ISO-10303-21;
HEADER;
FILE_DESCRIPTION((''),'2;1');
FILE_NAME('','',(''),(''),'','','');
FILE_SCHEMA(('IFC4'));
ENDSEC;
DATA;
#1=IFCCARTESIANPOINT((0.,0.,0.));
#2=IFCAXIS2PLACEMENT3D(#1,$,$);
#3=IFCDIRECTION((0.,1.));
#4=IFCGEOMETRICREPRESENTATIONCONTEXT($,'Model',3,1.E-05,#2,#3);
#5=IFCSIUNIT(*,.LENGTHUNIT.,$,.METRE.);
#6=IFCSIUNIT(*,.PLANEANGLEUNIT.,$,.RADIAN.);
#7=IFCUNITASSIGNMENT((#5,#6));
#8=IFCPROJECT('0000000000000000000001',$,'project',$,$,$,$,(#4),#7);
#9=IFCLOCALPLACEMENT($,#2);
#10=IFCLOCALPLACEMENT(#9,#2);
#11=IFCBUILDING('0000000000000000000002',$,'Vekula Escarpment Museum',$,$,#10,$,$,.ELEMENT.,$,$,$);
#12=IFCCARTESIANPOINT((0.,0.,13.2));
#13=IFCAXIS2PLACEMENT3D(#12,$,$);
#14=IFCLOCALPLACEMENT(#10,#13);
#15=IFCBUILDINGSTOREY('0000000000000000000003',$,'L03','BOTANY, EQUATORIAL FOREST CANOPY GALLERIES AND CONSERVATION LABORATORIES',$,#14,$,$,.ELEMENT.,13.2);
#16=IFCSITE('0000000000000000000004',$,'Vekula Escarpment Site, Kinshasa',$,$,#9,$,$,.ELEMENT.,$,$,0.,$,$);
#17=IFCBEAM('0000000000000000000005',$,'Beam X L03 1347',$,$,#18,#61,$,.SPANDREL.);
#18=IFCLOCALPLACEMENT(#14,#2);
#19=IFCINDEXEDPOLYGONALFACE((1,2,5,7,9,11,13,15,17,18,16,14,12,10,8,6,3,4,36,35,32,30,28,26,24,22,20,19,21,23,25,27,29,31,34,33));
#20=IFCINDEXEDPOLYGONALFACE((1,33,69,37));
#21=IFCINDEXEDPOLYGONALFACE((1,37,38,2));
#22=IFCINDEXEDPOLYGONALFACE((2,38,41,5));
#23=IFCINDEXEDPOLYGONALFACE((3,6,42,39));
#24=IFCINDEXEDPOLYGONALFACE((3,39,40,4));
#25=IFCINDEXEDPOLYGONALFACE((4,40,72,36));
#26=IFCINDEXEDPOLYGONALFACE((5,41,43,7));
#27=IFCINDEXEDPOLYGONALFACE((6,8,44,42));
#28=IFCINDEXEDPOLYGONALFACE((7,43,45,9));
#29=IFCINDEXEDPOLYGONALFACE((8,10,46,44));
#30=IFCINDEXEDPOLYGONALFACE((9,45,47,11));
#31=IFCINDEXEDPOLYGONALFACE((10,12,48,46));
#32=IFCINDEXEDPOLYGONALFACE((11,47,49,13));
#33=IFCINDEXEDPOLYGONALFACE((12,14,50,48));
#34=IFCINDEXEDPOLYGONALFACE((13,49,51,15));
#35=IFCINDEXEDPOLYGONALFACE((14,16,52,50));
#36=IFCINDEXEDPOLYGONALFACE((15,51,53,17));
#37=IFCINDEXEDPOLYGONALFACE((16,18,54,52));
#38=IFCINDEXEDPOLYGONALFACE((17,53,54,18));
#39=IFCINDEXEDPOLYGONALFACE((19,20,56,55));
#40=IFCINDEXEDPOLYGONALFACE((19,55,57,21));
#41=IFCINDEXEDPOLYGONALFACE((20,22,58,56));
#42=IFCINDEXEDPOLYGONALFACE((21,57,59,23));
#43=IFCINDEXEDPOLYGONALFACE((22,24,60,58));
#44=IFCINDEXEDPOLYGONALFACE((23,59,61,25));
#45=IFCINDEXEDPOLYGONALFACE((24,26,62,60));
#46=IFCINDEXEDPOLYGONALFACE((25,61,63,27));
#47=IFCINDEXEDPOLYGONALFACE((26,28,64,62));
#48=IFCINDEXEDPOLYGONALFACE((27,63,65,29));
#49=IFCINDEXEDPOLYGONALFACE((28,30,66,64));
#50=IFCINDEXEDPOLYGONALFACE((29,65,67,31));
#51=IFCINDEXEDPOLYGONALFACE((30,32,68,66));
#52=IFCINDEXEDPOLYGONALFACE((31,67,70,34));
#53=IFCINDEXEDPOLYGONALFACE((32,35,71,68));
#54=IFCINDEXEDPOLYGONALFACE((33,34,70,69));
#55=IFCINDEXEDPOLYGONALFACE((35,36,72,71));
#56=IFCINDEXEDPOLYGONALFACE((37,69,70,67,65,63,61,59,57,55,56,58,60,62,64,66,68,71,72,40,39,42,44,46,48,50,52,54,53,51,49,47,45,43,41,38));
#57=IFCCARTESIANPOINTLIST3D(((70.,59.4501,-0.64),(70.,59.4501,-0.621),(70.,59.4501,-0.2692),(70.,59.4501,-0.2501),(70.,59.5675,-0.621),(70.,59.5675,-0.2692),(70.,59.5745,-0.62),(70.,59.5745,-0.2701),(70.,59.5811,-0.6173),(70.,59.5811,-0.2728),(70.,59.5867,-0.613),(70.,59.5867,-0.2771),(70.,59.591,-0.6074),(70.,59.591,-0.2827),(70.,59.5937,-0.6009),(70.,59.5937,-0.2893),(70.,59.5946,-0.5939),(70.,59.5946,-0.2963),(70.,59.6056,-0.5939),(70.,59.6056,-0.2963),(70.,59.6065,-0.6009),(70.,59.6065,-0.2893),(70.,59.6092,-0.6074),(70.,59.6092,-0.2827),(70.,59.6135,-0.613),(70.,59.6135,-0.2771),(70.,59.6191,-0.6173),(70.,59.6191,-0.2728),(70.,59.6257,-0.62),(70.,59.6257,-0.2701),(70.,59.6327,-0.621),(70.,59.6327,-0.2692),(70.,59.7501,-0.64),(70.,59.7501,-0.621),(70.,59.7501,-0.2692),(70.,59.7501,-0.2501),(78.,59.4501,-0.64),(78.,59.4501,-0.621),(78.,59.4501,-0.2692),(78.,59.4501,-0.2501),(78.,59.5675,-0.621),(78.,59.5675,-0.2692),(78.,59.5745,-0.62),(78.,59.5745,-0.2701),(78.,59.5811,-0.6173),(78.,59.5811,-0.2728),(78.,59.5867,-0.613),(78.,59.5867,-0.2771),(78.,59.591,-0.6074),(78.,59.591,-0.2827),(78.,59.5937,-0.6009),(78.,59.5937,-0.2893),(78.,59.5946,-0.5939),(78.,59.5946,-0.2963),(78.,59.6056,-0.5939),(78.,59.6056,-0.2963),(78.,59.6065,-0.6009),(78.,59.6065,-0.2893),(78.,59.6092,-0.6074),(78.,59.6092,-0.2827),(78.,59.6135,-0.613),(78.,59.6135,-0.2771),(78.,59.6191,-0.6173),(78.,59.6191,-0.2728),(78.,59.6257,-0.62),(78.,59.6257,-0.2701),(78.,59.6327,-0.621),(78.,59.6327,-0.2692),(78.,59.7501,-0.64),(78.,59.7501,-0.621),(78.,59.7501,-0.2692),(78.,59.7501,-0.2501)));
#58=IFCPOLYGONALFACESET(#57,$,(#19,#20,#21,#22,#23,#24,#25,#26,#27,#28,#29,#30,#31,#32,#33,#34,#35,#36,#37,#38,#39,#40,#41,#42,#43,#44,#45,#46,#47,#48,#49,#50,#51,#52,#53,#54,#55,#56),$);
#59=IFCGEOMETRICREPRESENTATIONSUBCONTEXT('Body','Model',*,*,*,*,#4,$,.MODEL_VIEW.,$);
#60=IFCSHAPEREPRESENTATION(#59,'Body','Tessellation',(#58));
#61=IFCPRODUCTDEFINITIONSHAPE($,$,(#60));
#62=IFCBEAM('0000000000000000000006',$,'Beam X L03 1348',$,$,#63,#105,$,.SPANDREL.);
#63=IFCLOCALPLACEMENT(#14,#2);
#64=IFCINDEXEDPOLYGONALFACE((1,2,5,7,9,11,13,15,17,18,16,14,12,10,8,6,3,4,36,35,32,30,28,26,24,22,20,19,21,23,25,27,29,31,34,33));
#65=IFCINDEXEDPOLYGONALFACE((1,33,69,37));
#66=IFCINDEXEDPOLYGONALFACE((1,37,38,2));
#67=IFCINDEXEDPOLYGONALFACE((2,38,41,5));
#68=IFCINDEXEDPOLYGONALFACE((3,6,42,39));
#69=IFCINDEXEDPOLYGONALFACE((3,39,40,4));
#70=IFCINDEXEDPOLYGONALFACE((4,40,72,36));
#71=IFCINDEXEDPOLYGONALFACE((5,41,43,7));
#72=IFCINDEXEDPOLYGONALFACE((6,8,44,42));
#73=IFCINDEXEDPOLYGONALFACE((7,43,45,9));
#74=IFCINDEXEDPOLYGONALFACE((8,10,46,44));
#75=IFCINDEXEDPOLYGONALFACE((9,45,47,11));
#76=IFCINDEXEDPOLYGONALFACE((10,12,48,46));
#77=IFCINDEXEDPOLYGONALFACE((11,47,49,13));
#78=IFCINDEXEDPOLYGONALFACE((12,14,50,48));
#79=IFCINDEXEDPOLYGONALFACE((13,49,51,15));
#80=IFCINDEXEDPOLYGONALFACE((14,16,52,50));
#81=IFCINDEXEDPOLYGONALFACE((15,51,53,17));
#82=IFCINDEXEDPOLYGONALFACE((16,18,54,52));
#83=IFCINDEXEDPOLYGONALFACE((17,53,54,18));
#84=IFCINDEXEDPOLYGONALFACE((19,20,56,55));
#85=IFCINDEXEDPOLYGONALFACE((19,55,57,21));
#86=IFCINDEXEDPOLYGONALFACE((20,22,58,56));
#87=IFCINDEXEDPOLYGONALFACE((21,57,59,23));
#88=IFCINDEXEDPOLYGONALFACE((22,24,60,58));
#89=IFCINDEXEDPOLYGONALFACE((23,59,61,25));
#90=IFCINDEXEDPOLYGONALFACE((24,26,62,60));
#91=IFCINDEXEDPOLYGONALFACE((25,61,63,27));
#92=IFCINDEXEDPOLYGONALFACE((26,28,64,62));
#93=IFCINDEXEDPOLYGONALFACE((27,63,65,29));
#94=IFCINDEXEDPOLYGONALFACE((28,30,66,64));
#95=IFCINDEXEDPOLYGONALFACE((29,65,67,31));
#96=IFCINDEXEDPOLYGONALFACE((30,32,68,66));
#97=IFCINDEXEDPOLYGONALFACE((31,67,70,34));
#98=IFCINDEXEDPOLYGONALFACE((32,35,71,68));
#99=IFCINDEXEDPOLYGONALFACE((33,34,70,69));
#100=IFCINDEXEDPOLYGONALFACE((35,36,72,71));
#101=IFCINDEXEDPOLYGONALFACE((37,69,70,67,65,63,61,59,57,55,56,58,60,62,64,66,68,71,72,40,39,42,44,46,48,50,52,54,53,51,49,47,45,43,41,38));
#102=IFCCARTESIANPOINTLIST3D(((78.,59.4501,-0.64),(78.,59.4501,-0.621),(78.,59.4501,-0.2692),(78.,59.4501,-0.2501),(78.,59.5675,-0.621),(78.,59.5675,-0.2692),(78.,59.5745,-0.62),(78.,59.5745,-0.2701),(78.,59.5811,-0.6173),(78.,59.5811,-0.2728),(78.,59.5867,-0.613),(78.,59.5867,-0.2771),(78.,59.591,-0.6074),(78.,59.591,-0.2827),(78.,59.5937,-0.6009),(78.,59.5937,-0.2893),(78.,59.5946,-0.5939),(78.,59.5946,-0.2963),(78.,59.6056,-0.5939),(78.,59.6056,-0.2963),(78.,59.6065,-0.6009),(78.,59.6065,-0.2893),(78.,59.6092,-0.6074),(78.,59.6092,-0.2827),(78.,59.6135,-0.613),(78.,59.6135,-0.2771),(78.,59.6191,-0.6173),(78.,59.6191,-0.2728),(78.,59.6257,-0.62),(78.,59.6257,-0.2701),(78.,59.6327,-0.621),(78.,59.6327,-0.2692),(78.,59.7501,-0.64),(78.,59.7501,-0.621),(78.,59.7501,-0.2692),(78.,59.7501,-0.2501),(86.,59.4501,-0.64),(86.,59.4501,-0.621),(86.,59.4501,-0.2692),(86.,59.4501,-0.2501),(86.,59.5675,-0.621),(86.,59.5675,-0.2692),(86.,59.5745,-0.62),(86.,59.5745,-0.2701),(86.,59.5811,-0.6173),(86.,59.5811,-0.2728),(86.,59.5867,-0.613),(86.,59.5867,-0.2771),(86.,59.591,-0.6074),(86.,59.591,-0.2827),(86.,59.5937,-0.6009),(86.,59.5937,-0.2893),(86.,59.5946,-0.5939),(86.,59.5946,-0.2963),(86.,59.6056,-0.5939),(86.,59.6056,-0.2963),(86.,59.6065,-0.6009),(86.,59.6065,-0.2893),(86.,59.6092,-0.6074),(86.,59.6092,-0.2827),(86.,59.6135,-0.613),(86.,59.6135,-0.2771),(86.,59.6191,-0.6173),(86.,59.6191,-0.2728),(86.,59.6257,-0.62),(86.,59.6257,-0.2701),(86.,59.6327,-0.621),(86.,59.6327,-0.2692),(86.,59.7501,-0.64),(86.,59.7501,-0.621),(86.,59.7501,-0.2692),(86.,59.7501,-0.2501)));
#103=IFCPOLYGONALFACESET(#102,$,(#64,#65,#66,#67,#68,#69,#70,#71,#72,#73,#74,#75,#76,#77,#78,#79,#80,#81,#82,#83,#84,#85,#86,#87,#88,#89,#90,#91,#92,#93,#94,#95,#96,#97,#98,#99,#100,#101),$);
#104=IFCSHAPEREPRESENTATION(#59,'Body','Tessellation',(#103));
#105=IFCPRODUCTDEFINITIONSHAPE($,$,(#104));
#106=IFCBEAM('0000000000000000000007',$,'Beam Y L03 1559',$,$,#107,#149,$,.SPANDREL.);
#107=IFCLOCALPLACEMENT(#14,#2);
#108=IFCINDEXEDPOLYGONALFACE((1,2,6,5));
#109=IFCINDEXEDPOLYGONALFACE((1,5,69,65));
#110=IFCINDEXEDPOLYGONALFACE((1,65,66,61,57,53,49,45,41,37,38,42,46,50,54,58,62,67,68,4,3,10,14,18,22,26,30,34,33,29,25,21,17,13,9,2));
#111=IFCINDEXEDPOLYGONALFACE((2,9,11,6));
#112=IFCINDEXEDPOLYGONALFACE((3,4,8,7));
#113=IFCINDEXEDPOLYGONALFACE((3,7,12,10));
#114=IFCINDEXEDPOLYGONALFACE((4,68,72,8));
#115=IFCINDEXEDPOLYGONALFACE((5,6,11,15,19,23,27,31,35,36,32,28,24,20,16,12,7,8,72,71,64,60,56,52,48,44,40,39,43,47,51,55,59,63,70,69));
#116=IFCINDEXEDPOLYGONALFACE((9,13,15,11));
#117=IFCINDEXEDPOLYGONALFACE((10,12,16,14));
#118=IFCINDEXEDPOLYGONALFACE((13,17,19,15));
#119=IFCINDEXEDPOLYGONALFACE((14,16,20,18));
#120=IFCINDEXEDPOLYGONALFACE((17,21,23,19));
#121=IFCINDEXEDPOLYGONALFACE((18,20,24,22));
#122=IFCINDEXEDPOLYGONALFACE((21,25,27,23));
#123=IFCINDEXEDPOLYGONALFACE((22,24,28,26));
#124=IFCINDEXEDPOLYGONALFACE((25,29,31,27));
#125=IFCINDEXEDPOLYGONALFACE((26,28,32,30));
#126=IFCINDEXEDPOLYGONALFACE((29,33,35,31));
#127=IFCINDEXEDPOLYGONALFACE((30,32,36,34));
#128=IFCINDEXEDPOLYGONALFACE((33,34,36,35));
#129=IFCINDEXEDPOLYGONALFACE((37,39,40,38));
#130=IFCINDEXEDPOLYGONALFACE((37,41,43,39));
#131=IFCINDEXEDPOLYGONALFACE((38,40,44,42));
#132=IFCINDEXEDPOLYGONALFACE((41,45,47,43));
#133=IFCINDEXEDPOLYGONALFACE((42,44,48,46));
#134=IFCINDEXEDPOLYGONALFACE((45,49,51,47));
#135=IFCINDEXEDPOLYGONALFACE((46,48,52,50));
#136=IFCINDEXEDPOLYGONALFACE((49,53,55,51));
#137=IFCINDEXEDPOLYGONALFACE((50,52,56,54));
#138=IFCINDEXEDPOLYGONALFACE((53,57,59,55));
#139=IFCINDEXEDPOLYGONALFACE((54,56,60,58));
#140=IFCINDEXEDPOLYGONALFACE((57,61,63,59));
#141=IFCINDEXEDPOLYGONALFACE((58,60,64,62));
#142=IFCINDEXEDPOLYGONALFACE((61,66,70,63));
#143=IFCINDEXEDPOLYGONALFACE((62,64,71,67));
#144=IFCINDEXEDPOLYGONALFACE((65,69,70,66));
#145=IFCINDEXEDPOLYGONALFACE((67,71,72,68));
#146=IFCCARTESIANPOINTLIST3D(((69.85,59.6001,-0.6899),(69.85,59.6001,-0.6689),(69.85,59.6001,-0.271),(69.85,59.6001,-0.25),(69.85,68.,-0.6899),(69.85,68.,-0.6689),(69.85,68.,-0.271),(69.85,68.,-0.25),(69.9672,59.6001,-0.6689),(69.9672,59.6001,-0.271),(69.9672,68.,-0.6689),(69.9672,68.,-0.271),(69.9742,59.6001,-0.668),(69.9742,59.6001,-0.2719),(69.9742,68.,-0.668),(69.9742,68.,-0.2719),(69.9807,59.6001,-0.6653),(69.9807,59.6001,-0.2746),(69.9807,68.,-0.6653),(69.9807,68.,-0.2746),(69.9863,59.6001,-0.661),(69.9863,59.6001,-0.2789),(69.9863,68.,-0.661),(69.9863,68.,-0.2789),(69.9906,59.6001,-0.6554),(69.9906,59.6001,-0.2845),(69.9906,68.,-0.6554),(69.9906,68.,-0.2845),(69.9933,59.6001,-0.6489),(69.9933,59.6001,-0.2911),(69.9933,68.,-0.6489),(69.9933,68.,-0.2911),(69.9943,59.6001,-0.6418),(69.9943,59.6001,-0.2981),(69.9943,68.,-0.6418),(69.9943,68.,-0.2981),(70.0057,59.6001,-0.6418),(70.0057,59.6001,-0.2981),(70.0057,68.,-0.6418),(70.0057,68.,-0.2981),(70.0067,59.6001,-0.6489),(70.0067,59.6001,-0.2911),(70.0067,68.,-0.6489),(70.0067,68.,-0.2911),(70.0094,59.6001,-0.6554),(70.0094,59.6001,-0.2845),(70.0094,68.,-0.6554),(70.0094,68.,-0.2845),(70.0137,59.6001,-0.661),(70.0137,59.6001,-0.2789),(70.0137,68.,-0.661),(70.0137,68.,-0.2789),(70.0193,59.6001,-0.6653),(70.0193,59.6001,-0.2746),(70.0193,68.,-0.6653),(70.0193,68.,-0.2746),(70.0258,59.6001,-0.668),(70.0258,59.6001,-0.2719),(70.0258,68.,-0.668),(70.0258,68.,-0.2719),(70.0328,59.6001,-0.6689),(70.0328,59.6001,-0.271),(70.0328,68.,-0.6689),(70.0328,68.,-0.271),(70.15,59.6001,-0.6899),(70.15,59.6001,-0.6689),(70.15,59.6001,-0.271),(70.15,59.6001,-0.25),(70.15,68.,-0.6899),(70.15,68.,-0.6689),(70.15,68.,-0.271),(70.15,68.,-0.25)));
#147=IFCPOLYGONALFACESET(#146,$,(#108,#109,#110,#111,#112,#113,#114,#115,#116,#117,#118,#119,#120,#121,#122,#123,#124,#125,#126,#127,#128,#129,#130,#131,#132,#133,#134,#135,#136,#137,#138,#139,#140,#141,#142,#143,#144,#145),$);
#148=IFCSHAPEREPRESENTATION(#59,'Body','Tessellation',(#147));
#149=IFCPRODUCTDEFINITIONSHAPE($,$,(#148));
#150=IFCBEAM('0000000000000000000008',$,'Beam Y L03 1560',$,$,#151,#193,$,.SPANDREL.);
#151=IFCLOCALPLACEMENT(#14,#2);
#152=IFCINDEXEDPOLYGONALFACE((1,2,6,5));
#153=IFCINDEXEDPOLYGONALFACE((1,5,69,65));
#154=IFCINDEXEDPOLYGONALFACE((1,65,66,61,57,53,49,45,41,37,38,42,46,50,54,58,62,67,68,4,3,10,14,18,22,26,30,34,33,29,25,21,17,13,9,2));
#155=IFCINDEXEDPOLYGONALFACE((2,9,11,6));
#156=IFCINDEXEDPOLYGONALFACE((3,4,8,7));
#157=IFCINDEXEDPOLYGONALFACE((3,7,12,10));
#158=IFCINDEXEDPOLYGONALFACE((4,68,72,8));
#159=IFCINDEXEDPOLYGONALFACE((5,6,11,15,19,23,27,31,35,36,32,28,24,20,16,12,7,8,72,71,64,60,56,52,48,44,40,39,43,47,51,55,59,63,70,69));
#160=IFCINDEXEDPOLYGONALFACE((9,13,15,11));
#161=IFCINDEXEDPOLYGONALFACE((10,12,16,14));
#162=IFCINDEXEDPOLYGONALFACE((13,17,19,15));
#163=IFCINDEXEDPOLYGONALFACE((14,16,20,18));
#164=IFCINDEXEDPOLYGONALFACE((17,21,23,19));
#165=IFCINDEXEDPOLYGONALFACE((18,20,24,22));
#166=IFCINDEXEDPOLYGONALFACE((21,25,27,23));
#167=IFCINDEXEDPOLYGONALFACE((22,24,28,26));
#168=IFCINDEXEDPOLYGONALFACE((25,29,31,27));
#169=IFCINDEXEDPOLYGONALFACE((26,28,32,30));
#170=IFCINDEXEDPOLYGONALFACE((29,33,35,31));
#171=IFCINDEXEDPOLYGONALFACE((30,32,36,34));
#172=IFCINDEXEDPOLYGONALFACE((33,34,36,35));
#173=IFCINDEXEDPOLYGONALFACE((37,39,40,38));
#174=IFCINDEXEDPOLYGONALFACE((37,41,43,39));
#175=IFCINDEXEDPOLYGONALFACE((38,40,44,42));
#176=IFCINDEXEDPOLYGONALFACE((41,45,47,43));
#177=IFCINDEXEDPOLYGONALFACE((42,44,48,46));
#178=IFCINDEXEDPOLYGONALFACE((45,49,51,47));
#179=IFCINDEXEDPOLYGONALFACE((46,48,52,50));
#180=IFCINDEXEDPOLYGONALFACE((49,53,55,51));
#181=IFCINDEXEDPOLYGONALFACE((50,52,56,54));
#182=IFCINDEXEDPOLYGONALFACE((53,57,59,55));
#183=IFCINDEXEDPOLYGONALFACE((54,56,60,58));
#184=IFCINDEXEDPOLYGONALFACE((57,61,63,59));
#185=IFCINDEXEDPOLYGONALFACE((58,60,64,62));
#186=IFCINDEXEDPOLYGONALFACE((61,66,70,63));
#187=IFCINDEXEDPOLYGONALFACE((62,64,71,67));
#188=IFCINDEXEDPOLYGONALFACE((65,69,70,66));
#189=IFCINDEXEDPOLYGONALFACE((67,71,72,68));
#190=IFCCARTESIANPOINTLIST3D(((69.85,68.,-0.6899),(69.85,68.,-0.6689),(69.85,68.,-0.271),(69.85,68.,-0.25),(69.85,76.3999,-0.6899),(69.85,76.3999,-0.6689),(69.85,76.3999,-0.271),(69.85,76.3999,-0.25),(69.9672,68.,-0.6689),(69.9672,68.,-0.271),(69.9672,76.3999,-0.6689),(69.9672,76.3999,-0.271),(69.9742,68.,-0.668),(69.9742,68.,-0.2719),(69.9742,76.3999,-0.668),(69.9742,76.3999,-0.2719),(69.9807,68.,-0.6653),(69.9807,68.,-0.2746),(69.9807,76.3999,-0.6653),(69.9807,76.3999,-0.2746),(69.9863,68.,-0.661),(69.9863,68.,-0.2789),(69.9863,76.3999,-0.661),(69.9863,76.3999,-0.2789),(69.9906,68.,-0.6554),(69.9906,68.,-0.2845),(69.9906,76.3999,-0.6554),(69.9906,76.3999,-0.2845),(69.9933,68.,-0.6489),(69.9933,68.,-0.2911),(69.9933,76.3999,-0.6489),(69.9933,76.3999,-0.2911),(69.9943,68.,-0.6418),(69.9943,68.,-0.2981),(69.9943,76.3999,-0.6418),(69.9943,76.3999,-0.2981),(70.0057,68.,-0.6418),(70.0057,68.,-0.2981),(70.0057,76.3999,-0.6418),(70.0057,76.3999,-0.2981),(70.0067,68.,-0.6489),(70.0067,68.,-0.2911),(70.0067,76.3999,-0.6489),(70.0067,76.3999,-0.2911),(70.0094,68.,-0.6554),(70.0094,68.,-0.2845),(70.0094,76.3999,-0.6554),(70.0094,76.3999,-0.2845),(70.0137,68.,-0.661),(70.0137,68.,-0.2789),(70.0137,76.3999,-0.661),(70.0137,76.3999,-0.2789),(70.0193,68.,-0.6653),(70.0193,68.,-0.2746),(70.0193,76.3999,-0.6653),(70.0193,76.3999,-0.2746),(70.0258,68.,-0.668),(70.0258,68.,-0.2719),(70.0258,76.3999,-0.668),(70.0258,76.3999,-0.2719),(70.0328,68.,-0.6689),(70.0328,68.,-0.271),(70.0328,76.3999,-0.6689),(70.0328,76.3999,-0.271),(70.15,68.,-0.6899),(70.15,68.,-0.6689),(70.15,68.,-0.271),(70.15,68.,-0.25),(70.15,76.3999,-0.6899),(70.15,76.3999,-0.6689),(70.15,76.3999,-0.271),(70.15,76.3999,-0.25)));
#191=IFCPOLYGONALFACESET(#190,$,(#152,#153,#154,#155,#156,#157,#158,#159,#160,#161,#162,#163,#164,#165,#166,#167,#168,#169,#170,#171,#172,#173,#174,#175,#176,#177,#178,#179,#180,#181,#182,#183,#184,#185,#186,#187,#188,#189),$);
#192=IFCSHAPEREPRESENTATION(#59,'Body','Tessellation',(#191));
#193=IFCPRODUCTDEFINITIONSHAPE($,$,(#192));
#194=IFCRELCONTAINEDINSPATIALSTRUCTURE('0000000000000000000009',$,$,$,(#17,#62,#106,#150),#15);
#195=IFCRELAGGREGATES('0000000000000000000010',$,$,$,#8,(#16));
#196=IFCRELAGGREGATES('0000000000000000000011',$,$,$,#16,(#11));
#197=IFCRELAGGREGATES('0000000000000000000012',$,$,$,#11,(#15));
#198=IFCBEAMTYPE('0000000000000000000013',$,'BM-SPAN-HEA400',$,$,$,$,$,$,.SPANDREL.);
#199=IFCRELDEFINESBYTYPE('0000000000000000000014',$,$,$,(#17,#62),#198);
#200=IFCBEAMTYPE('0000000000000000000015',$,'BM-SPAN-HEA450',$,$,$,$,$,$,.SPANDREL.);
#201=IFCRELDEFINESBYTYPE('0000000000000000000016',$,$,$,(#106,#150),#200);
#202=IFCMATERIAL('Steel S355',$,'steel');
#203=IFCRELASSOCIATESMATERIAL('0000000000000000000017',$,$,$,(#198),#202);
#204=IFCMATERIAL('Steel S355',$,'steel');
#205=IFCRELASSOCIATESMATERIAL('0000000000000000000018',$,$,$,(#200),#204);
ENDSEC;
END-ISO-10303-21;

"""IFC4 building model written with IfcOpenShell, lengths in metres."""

from ifc_helpers import new_model, si_unit, direction, frame, origin, origin_2d, place, context, subcontext, project, spatial, i_section, extrude, material, material_profile, profile_set, type_object, element, save


model = new_model("IFC4")

# Units and contexts
model_context = context("Model", 3, precision=1e-05, world=origin(), true_north=direction((0.0, 1.0)))
body_context = subcontext(model_context, "Body", "Model", "MODEL_VIEW")
ifc_project = project(units=[si_unit("LENGTHUNIT", "METRE"), si_unit("PLANEANGLEUNIT", "RADIAN")], contexts=[model_context])

# Site, building, storey
site_placement = place(None, origin())
site = spatial("IfcSite", under=ifc_project, at=site_placement, Name="Vekula Escarpment Site, Kinshasa", CompositionType="ELEMENT", RefElevation=0.0)
building_placement = place(site_placement, origin())
building = spatial("IfcBuilding", under=site, at=building_placement, Name="Vekula Escarpment Museum", CompositionType="ELEMENT")
storey_placement = place(building_placement, frame((0.0, 0.0, 13.2)))
storey = spatial("IfcBuildingStorey", under=building, at=storey_placement, Name="L03", Description="BOTANY, EQUATORIAL FOREST CANOPY GALLERIES AND CONSERVATION LABORATORIES", CompositionType="ELEMENT", Elevation=13.2)

# Beams
ifc_material_1 = material(Name="Steel S355", Category="steel")
ifc_material_profile_1 = material_profile(ifc_material_1, i_section(OverallWidth=0.3, OverallDepth=0.3899, WebThickness=0.011, FlangeThickness=0.019, FilletRadius=0.0271, at=origin_2d()), Name="HEA 400")
ifc_profile_set_1 = profile_set([ifc_material_profile_1], Name="Steel S355")
beam_type_1 = type_object("IfcBeamType", Name="BM-SPAN-HEA400", PredefinedType="SPANDREL", material=ifc_profile_set_1)
for number, where, z_axis, x_axis, name in (
    (1, (70.0, 59.6001, -0.4451), (1.0, 0.0, 0.0), (0.0, 1.0, 0.0), "Beam X L03 1347"),
    (2, (78.0, 59.6001, -0.4451), (1.0, 0.0, 0.0), (0.0, 1.0, 0.0), "Beam X L03 1348"),
):
    element("IfcBeam", number, at=place(storey_placement, frame(where, z_axis=z_axis, x_axis=x_axis)), inside=storey, type_object=beam_type_1, Name=name, PredefinedType="SPANDREL", context=body_context, shape_type="SweptSolid", body=[
        extrude(i_section(OverallWidth=0.3, OverallDepth=0.3899, WebThickness=0.011, FlangeThickness=0.019, FilletRadius=0.0271, at=origin_2d()), origin(), (0.0, 0.0, 1.0), 8.0),
    ])
ifc_material_2 = material(Name="Steel S355", Category="steel")
ifc_material_profile_2 = material_profile(ifc_material_2, i_section(OverallWidth=0.3, OverallDepth=0.4399, WebThickness=0.0115, FlangeThickness=0.021, FilletRadius=0.0271, at=origin_2d()), Name="HEA 450")
ifc_profile_set_2 = profile_set([ifc_material_profile_2], Name="Steel S355")
beam_type_2 = type_object("IfcBeamType", Name="BM-SPAN-HEA450", PredefinedType="SPANDREL", material=ifc_profile_set_2)
for number, where, z_axis, x_axis, name in (
    (3, (70.0, 59.6001, -0.47), (0.0, 1.0, 0.0), (-1.0, 0.0, 0.0), "Beam Y L03 1559"),
    (4, (70.0, 68.0, -0.47), (0.0, 1.0, 0.0), (-1.0, 0.0, 0.0), "Beam Y L03 1560"),
):
    element("IfcBeam", number, at=place(storey_placement, frame(where, z_axis=z_axis, x_axis=x_axis)), inside=storey, type_object=beam_type_2, Name=name, PredefinedType="SPANDREL", context=body_context, shape_type="SweptSolid", body=[
        extrude(i_section(OverallWidth=0.3, OverallDepth=0.4399, WebThickness=0.0115, FlangeThickness=0.021, FilletRadius=0.0271, at=origin_2d()), origin(), (0.0, 0.0, 1.0), 8.3999),
    ])

save(model, "model.ifc")
